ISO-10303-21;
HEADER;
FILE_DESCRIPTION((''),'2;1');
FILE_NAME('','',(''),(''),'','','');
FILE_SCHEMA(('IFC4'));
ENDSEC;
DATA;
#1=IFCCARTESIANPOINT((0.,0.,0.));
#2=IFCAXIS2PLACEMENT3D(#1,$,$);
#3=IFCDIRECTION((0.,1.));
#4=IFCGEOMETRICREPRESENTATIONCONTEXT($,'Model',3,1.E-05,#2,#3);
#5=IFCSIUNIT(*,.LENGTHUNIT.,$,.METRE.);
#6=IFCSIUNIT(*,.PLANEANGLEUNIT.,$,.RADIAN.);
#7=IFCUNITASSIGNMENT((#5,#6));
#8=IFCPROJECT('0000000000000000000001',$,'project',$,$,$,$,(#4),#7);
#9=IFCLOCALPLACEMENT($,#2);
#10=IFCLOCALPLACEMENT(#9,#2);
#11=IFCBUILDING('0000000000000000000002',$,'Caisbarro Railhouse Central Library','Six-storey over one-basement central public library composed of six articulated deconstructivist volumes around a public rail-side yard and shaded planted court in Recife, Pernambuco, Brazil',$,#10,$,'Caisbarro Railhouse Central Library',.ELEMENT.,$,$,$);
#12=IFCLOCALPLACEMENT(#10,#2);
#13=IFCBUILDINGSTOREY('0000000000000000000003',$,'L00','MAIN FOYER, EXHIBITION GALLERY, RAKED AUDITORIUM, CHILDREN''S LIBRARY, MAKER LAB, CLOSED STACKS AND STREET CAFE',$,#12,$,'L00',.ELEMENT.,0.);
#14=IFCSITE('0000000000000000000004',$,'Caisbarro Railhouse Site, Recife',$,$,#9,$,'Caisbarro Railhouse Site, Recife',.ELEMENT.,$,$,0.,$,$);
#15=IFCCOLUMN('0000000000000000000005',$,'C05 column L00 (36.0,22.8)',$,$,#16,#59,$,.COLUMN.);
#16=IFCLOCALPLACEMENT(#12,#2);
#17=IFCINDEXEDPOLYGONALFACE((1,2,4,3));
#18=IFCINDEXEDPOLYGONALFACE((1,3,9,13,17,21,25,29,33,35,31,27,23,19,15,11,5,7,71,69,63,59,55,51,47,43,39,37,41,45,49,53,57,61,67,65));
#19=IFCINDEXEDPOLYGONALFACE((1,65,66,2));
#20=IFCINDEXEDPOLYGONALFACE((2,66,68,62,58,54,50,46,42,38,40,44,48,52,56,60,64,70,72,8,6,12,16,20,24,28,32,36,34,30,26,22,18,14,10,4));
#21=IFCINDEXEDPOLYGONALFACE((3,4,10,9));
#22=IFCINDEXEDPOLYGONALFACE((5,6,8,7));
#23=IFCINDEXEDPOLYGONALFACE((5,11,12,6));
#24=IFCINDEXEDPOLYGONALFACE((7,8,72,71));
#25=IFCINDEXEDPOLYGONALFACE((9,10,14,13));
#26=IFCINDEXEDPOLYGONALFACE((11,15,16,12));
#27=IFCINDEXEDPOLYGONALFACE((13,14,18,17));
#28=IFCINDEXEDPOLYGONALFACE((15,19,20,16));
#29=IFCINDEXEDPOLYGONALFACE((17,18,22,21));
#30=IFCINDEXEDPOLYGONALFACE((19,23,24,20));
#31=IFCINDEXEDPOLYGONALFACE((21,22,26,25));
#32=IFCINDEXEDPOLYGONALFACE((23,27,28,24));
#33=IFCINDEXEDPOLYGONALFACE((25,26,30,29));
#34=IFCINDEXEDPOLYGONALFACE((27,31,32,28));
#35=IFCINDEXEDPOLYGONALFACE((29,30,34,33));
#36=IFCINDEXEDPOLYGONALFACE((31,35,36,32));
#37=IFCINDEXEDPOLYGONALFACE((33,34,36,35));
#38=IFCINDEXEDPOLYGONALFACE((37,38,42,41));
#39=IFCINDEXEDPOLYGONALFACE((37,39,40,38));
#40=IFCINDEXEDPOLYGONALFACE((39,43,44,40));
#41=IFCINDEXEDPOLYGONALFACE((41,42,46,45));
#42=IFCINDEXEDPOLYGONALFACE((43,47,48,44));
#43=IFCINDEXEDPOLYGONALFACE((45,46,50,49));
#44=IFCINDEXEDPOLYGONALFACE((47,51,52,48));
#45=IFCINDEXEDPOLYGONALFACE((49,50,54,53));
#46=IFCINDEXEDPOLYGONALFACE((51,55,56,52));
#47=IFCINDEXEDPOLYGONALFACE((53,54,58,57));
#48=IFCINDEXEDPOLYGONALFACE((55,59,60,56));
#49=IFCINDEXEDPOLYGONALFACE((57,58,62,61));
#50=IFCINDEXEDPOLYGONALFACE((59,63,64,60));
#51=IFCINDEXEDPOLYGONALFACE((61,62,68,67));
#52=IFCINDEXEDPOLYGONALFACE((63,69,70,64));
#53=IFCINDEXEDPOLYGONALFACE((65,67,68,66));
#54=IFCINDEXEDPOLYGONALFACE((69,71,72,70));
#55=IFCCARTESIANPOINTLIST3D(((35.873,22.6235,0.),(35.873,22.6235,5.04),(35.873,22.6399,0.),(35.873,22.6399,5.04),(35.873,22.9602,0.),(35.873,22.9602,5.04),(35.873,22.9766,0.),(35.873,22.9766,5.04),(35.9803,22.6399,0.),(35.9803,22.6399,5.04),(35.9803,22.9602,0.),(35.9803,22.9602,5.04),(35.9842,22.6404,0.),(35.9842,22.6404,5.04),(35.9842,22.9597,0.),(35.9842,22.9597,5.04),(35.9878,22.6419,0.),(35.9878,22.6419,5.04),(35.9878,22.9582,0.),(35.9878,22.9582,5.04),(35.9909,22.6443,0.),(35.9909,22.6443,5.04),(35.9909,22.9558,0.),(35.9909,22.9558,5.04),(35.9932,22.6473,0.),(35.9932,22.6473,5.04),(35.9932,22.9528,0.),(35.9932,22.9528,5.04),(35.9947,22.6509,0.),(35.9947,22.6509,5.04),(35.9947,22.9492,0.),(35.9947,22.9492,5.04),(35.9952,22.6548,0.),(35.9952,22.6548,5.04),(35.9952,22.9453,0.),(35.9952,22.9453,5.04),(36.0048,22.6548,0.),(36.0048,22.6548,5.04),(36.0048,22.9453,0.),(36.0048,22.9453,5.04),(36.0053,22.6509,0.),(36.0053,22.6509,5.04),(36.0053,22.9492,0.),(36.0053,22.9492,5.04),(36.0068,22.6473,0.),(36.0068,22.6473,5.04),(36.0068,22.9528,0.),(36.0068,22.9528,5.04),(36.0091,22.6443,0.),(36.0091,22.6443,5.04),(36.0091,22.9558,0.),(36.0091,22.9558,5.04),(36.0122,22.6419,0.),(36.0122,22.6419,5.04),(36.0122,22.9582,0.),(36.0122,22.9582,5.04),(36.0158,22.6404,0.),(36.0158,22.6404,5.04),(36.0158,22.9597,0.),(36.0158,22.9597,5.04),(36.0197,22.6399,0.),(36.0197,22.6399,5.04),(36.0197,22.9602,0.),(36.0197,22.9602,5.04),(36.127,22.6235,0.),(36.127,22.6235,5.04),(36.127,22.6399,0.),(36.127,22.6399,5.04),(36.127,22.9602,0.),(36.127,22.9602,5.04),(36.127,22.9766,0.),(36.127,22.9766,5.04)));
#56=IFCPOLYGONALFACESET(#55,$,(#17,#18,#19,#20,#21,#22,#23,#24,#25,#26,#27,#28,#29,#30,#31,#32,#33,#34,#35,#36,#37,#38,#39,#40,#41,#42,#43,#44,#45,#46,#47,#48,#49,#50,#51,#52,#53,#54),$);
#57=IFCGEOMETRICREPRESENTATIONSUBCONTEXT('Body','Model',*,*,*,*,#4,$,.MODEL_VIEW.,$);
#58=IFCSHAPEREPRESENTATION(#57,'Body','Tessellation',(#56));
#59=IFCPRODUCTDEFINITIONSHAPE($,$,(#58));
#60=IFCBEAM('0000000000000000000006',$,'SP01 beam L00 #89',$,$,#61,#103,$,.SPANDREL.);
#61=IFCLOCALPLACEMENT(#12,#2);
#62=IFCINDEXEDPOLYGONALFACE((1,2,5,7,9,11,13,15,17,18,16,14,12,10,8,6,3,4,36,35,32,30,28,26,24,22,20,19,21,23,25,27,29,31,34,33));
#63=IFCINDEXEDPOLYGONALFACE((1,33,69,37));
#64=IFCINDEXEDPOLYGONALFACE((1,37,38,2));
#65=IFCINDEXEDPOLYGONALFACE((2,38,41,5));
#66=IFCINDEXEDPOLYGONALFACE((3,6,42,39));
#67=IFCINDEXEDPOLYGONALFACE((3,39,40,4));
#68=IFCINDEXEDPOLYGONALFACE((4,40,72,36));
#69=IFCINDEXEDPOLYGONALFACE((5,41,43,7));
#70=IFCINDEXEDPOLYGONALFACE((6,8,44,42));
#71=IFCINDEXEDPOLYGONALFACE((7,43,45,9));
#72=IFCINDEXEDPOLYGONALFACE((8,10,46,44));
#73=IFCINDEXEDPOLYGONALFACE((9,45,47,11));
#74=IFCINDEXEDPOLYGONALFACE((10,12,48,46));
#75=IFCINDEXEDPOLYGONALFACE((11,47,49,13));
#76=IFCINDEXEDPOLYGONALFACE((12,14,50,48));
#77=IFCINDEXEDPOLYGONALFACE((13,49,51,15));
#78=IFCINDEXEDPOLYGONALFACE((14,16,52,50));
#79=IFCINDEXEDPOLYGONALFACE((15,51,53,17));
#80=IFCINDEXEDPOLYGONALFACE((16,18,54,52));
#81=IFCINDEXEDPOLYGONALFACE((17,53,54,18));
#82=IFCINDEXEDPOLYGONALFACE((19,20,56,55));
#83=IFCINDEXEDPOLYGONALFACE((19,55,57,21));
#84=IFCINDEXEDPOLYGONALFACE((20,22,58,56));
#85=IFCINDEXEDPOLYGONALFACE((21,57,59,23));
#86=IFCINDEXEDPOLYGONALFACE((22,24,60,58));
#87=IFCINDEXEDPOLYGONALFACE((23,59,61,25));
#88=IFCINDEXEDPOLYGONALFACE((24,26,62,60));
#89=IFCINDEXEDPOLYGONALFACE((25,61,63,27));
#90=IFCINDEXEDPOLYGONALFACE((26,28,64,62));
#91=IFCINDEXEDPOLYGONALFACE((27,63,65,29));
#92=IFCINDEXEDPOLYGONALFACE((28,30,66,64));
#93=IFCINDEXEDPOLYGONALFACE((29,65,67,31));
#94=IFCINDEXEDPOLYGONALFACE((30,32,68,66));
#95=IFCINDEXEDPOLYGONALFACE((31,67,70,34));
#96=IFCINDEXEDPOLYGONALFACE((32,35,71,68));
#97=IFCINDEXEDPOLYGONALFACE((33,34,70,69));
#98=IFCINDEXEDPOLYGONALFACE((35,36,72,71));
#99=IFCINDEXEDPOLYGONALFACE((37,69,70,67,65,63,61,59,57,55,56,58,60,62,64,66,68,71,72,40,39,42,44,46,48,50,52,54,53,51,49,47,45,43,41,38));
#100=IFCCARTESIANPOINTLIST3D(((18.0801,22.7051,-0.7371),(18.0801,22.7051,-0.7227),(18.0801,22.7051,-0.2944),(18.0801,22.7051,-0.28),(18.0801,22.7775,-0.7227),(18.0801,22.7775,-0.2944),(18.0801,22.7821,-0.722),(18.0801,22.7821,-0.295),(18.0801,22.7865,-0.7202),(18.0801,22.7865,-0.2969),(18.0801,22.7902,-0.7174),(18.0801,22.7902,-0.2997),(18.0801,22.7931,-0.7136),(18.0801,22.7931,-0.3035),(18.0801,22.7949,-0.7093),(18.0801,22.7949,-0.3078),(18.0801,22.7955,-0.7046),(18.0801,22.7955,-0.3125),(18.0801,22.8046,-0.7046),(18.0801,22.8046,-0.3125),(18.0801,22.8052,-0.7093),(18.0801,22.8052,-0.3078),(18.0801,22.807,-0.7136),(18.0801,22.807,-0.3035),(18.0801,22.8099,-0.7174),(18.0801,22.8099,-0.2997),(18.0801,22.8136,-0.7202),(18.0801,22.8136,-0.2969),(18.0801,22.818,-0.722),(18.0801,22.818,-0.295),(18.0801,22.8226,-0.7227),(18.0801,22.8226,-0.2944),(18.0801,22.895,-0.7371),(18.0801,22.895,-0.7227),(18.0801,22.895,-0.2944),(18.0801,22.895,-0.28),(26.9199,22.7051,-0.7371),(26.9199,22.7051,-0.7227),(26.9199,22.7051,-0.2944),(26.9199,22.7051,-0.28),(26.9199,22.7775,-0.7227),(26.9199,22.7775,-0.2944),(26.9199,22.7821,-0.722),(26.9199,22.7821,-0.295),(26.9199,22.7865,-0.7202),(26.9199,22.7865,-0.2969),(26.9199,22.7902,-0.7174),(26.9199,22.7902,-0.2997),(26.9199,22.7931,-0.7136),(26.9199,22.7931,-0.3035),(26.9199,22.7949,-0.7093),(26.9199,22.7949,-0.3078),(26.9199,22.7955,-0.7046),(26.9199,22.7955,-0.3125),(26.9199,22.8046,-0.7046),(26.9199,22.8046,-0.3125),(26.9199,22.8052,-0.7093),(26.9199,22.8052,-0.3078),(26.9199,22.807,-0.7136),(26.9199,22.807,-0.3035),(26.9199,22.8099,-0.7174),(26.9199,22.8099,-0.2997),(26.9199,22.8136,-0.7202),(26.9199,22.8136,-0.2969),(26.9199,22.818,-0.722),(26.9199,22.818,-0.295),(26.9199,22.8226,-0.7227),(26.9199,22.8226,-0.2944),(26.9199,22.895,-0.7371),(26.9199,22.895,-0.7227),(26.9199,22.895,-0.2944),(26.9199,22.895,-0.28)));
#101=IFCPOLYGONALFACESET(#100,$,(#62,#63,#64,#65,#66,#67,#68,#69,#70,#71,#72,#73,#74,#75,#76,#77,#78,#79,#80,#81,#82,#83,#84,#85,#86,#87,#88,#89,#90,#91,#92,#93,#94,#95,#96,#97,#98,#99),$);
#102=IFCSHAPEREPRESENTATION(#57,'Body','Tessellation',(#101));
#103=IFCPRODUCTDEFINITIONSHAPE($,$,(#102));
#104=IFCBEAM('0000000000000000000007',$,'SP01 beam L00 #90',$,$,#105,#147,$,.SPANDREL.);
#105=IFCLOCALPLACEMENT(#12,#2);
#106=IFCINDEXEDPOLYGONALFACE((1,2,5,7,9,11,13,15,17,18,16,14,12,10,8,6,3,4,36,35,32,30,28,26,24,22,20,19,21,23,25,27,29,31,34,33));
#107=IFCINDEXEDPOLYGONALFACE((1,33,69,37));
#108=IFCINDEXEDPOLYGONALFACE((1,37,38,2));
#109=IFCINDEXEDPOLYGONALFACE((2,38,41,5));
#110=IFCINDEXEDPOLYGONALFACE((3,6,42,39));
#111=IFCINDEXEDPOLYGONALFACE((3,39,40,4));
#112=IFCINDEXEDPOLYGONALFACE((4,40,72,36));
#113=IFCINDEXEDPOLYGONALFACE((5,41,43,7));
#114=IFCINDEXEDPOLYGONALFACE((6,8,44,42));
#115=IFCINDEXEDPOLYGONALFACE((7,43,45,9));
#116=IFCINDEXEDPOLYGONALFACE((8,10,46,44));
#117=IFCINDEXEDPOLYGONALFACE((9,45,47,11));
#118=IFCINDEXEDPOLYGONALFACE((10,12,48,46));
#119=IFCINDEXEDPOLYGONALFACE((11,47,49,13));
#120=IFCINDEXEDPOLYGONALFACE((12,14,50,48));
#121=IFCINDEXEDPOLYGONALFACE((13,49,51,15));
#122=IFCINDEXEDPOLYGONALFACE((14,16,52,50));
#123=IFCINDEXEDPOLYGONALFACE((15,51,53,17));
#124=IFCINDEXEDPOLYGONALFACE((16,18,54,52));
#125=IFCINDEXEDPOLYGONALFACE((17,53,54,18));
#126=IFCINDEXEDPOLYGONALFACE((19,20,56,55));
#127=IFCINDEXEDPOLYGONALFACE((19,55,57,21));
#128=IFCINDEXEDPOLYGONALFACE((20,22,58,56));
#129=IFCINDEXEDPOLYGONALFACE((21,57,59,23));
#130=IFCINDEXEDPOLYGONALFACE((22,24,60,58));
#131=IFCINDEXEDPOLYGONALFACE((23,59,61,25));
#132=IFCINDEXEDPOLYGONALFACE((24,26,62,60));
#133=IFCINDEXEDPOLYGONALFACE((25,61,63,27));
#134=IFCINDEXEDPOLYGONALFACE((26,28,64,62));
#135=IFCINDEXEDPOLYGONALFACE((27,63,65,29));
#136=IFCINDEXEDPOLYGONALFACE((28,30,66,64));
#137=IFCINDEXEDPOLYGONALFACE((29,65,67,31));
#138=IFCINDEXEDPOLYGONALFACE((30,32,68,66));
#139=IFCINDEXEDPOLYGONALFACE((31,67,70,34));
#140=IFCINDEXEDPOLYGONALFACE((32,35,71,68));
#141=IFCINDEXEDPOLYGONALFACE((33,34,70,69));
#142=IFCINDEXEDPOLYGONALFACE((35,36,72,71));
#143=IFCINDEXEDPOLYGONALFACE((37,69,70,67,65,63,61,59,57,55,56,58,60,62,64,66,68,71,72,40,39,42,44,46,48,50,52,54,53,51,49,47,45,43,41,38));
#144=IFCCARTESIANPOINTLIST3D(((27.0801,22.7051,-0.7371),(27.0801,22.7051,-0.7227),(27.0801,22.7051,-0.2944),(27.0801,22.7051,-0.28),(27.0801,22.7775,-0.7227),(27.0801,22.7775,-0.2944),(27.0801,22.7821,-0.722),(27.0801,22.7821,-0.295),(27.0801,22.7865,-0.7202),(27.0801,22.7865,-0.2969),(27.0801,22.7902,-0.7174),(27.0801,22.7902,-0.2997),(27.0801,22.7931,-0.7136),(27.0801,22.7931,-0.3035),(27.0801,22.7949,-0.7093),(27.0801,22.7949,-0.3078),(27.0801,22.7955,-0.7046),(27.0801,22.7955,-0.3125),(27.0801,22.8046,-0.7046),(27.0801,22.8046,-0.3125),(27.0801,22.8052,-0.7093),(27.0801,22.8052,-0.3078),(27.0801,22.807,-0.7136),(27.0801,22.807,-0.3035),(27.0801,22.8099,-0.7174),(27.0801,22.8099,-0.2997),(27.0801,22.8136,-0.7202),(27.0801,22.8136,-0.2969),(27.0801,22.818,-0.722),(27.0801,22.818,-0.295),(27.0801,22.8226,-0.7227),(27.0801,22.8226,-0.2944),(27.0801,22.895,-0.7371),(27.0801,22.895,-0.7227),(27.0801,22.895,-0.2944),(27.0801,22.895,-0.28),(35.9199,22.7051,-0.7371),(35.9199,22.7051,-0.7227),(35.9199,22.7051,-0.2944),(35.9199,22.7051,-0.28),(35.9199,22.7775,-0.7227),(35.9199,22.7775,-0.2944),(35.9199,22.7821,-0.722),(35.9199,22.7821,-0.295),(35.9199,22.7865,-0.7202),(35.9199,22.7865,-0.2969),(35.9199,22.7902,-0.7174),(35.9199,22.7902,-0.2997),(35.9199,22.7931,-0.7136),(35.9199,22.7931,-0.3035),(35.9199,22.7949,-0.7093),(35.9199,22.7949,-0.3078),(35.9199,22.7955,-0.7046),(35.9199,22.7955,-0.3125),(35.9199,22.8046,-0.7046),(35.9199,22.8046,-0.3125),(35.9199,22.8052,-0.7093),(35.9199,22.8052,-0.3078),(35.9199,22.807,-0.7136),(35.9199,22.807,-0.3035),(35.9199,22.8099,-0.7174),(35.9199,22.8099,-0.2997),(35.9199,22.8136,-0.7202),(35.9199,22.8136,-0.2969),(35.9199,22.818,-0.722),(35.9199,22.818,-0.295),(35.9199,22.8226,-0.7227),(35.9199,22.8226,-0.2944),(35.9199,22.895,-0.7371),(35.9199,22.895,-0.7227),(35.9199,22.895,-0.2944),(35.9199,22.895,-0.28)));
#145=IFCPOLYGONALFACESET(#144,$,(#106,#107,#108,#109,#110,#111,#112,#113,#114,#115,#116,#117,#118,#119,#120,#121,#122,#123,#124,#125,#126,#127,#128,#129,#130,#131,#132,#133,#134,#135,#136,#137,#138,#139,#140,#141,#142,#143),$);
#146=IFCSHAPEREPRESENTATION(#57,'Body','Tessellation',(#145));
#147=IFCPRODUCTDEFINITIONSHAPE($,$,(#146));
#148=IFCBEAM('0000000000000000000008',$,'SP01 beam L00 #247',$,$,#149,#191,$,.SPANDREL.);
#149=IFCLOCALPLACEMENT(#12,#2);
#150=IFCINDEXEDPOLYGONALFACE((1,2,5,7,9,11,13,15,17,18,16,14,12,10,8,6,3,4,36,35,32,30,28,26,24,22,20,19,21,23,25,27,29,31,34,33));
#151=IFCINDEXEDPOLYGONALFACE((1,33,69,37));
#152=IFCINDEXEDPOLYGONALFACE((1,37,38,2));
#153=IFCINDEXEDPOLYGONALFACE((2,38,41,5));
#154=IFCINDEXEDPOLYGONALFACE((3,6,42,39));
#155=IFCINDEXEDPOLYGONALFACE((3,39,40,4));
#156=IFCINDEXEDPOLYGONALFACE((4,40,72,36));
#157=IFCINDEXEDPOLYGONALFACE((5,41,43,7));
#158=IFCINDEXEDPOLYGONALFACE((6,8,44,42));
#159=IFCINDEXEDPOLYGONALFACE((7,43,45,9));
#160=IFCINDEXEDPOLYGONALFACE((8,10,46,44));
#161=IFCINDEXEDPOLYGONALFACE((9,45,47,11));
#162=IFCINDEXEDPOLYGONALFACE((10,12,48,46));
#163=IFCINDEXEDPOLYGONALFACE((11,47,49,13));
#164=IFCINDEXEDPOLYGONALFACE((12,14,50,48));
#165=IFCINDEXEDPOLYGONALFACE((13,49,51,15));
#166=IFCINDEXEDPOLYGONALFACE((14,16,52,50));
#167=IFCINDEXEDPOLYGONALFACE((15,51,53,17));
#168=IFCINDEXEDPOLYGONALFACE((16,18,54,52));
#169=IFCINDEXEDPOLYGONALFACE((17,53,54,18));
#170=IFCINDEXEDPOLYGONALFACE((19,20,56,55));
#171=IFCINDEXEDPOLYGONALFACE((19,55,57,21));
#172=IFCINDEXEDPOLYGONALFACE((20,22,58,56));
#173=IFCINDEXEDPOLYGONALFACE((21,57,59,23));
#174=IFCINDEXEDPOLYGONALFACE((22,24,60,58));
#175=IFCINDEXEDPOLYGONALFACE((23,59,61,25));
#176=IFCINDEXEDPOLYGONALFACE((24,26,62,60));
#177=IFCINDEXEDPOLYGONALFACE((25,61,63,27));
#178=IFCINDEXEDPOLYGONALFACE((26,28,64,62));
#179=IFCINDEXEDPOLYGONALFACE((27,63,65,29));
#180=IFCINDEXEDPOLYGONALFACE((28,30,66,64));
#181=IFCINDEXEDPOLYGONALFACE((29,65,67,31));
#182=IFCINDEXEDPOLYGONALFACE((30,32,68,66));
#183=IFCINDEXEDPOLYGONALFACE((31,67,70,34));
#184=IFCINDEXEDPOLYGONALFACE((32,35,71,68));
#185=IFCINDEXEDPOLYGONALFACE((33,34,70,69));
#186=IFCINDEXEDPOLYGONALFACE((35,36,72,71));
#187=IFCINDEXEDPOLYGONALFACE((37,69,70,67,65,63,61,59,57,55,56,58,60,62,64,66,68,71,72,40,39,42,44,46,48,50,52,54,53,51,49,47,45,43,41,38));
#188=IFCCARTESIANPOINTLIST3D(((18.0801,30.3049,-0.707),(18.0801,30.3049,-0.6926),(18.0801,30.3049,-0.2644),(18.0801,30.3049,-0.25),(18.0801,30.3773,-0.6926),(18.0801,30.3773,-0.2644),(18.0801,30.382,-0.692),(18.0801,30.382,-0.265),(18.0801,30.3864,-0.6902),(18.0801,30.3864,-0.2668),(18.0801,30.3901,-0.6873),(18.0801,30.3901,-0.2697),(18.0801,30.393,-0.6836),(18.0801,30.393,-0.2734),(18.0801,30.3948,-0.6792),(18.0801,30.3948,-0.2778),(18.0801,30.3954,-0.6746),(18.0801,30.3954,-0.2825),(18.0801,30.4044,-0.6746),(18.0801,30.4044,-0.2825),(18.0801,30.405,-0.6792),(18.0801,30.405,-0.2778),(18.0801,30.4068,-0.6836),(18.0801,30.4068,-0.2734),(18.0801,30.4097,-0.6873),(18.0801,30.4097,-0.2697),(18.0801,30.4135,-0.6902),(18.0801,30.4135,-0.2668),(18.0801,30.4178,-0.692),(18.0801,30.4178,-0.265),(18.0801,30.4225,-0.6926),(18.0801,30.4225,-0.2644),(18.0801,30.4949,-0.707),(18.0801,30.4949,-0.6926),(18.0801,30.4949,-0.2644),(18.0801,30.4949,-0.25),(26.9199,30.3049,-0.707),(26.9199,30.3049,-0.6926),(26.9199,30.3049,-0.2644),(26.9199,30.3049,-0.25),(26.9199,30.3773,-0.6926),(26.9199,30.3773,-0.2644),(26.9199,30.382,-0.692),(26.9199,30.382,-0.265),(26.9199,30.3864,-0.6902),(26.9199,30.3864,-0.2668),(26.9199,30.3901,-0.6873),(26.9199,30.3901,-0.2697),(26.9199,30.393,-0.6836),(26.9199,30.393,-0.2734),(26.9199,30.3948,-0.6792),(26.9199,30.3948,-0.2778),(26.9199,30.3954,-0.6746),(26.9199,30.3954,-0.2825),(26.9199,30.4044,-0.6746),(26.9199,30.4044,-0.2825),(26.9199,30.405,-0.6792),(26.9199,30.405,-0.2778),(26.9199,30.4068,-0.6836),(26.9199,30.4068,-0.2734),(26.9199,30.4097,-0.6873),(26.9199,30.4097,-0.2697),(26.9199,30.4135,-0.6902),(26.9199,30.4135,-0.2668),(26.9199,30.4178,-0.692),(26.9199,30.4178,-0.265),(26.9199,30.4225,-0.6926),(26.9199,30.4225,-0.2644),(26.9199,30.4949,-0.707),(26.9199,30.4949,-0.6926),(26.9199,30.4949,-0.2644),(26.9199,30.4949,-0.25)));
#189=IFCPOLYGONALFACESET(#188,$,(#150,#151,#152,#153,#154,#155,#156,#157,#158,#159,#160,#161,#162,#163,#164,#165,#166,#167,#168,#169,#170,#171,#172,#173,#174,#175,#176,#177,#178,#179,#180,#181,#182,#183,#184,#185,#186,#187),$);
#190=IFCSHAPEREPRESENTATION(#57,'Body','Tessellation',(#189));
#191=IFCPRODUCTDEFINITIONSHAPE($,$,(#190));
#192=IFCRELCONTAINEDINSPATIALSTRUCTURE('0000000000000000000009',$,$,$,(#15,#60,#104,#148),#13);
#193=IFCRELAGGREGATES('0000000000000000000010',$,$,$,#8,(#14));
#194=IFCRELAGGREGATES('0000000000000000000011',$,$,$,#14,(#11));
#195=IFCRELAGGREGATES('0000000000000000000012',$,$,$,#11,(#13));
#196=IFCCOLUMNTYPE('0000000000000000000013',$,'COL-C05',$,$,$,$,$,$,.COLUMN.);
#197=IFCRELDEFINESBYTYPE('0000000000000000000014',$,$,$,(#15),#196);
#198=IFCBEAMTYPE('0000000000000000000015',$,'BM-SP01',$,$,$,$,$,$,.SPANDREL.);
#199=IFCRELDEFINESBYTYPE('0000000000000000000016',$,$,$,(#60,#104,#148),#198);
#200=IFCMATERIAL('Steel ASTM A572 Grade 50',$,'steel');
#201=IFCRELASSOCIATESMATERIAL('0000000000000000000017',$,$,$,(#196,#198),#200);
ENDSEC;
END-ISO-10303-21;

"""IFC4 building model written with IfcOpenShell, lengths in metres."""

from ifc_helpers import new_model, si_unit, direction, frame, origin, origin_2d, place, context, subcontext, project, spatial, i_section, extrude, material, material_profile, profile_set, type_object, element, save


model = new_model("IFC4")

# Units and contexts
model_context = context("Model", 3, precision=1e-05, world=origin(), true_north=direction((0.0, 1.0)))
body_context = subcontext(model_context, "Body", "Model", "MODEL_VIEW")
ifc_project = project(units=[si_unit("LENGTHUNIT", "METRE"), si_unit("PLANEANGLEUNIT", "RADIAN")], contexts=[model_context])

# Site, building, storey
site_placement = place(None, origin())
site = spatial("IfcSite", under=ifc_project, at=site_placement, Name="Caisbarro Railhouse Site, Recife", LongName="Caisbarro Railhouse Site, Recife", CompositionType="ELEMENT", RefElevation=0.0)
building_placement = place(site_placement, origin())
building = spatial("IfcBuilding", under=site, at=building_placement, Name="Caisbarro Railhouse Central Library", Description="Six-storey over one-basement central public library composed of six articulated deconstructivist volumes around a public rail-side yard and shaded planted court in Recife, Pernambuco, Brazil", LongName="Caisbarro Railhouse Central Library", CompositionType="ELEMENT")
storey_placement = place(building_placement, origin())
storey = spatial("IfcBuildingStorey", under=building, at=storey_placement, Name="L00", Description="MAIN FOYER, EXHIBITION GALLERY, RAKED AUDITORIUM, CHILDREN'S LIBRARY, MAKER LAB, CLOSED STACKS AND STREET CAFE", LongName="L00", CompositionType="ELEMENT", Elevation=0.0)

# Column
ifc_material_1 = material(Name="Steel ASTM A572 Grade 50", Category="steel")
ifc_material_profile_1 = material_profile(ifc_material_1, i_section(OverallWidth=0.2539, OverallDepth=0.353, WebThickness=0.0095, FlangeThickness=0.0164, FilletRadius=0.0149, at=origin_2d()), Name="W360X91.0")
ifc_profile_set_1 = profile_set([ifc_material_profile_1], Name="Steel ASTM A572 Grade 50")
column_type_1 = type_object("IfcColumnType", Name="COL-C05", PredefinedType="COLUMN", material=ifc_profile_set_1)
for number, where, z_axis, x_axis, name in (
    (1, (36.0, 22.8, 0.0), (0.0, 0.0, 1.0), (1.0, 0.0, 0.0), "C05 column L00 (36.0,22.8)"),
):
    element("IfcColumn", number, at=place(storey_placement, frame(where, z_axis=z_axis, x_axis=x_axis)), inside=storey, type_object=column_type_1, Name=name, PredefinedType="COLUMN", context=body_context, shape_type="SweptSolid", body=[
        extrude(i_section(OverallWidth=0.2539, OverallDepth=0.353, WebThickness=0.0095, FlangeThickness=0.0164, FilletRadius=0.0149, at=origin_2d()), origin(), (0.0, 0.0, 1.0), 5.04),
    ])

# Beams
ifc_material_profile_2 = material_profile(ifc_material_1, i_section(OverallWidth=0.1899, OverallDepth=0.457, WebThickness=0.009, FlangeThickness=0.0144, FilletRadius=0.0181, at=origin_2d()), Name="W460X74.0")
ifc_profile_set_2 = profile_set([ifc_material_profile_2], Name="Steel ASTM A572 Grade 50")
beam_type = type_object("IfcBeamType", Name="BM-SP01", PredefinedType="SPANDREL", material=ifc_profile_set_2)
for number, where, z_axis, x_axis, name in (
    (2, (18.0801, 22.8, -0.5085), (1.0, 0.0, 0.0), (0.0, 1.0, 0.0), "SP01 beam L00 #89"),
    (3, (27.0801, 22.8, -0.5085), (1.0, 0.0, 0.0), (0.0, 1.0, 0.0), "SP01 beam L00 #90"),
    (4, (18.0801, 30.3999, -0.4785), (1.0, 0.0, 0.0), (0.0, 1.0, 0.0), "SP01 beam L00 #247"),
):
    element("IfcBeam", number, at=place(storey_placement, frame(where, z_axis=z_axis, x_axis=x_axis)), inside=storey, type_object=beam_type, Name=name, PredefinedType="SPANDREL", context=body_context, shape_type="SweptSolid", body=[
        extrude(i_section(OverallWidth=0.1899, OverallDepth=0.457, WebThickness=0.009, FlangeThickness=0.0144, FilletRadius=0.0181, at=origin_2d()), origin(), (0.0, 0.0, 1.0), 8.8398),
    ])

save(model, "model.ifc")
